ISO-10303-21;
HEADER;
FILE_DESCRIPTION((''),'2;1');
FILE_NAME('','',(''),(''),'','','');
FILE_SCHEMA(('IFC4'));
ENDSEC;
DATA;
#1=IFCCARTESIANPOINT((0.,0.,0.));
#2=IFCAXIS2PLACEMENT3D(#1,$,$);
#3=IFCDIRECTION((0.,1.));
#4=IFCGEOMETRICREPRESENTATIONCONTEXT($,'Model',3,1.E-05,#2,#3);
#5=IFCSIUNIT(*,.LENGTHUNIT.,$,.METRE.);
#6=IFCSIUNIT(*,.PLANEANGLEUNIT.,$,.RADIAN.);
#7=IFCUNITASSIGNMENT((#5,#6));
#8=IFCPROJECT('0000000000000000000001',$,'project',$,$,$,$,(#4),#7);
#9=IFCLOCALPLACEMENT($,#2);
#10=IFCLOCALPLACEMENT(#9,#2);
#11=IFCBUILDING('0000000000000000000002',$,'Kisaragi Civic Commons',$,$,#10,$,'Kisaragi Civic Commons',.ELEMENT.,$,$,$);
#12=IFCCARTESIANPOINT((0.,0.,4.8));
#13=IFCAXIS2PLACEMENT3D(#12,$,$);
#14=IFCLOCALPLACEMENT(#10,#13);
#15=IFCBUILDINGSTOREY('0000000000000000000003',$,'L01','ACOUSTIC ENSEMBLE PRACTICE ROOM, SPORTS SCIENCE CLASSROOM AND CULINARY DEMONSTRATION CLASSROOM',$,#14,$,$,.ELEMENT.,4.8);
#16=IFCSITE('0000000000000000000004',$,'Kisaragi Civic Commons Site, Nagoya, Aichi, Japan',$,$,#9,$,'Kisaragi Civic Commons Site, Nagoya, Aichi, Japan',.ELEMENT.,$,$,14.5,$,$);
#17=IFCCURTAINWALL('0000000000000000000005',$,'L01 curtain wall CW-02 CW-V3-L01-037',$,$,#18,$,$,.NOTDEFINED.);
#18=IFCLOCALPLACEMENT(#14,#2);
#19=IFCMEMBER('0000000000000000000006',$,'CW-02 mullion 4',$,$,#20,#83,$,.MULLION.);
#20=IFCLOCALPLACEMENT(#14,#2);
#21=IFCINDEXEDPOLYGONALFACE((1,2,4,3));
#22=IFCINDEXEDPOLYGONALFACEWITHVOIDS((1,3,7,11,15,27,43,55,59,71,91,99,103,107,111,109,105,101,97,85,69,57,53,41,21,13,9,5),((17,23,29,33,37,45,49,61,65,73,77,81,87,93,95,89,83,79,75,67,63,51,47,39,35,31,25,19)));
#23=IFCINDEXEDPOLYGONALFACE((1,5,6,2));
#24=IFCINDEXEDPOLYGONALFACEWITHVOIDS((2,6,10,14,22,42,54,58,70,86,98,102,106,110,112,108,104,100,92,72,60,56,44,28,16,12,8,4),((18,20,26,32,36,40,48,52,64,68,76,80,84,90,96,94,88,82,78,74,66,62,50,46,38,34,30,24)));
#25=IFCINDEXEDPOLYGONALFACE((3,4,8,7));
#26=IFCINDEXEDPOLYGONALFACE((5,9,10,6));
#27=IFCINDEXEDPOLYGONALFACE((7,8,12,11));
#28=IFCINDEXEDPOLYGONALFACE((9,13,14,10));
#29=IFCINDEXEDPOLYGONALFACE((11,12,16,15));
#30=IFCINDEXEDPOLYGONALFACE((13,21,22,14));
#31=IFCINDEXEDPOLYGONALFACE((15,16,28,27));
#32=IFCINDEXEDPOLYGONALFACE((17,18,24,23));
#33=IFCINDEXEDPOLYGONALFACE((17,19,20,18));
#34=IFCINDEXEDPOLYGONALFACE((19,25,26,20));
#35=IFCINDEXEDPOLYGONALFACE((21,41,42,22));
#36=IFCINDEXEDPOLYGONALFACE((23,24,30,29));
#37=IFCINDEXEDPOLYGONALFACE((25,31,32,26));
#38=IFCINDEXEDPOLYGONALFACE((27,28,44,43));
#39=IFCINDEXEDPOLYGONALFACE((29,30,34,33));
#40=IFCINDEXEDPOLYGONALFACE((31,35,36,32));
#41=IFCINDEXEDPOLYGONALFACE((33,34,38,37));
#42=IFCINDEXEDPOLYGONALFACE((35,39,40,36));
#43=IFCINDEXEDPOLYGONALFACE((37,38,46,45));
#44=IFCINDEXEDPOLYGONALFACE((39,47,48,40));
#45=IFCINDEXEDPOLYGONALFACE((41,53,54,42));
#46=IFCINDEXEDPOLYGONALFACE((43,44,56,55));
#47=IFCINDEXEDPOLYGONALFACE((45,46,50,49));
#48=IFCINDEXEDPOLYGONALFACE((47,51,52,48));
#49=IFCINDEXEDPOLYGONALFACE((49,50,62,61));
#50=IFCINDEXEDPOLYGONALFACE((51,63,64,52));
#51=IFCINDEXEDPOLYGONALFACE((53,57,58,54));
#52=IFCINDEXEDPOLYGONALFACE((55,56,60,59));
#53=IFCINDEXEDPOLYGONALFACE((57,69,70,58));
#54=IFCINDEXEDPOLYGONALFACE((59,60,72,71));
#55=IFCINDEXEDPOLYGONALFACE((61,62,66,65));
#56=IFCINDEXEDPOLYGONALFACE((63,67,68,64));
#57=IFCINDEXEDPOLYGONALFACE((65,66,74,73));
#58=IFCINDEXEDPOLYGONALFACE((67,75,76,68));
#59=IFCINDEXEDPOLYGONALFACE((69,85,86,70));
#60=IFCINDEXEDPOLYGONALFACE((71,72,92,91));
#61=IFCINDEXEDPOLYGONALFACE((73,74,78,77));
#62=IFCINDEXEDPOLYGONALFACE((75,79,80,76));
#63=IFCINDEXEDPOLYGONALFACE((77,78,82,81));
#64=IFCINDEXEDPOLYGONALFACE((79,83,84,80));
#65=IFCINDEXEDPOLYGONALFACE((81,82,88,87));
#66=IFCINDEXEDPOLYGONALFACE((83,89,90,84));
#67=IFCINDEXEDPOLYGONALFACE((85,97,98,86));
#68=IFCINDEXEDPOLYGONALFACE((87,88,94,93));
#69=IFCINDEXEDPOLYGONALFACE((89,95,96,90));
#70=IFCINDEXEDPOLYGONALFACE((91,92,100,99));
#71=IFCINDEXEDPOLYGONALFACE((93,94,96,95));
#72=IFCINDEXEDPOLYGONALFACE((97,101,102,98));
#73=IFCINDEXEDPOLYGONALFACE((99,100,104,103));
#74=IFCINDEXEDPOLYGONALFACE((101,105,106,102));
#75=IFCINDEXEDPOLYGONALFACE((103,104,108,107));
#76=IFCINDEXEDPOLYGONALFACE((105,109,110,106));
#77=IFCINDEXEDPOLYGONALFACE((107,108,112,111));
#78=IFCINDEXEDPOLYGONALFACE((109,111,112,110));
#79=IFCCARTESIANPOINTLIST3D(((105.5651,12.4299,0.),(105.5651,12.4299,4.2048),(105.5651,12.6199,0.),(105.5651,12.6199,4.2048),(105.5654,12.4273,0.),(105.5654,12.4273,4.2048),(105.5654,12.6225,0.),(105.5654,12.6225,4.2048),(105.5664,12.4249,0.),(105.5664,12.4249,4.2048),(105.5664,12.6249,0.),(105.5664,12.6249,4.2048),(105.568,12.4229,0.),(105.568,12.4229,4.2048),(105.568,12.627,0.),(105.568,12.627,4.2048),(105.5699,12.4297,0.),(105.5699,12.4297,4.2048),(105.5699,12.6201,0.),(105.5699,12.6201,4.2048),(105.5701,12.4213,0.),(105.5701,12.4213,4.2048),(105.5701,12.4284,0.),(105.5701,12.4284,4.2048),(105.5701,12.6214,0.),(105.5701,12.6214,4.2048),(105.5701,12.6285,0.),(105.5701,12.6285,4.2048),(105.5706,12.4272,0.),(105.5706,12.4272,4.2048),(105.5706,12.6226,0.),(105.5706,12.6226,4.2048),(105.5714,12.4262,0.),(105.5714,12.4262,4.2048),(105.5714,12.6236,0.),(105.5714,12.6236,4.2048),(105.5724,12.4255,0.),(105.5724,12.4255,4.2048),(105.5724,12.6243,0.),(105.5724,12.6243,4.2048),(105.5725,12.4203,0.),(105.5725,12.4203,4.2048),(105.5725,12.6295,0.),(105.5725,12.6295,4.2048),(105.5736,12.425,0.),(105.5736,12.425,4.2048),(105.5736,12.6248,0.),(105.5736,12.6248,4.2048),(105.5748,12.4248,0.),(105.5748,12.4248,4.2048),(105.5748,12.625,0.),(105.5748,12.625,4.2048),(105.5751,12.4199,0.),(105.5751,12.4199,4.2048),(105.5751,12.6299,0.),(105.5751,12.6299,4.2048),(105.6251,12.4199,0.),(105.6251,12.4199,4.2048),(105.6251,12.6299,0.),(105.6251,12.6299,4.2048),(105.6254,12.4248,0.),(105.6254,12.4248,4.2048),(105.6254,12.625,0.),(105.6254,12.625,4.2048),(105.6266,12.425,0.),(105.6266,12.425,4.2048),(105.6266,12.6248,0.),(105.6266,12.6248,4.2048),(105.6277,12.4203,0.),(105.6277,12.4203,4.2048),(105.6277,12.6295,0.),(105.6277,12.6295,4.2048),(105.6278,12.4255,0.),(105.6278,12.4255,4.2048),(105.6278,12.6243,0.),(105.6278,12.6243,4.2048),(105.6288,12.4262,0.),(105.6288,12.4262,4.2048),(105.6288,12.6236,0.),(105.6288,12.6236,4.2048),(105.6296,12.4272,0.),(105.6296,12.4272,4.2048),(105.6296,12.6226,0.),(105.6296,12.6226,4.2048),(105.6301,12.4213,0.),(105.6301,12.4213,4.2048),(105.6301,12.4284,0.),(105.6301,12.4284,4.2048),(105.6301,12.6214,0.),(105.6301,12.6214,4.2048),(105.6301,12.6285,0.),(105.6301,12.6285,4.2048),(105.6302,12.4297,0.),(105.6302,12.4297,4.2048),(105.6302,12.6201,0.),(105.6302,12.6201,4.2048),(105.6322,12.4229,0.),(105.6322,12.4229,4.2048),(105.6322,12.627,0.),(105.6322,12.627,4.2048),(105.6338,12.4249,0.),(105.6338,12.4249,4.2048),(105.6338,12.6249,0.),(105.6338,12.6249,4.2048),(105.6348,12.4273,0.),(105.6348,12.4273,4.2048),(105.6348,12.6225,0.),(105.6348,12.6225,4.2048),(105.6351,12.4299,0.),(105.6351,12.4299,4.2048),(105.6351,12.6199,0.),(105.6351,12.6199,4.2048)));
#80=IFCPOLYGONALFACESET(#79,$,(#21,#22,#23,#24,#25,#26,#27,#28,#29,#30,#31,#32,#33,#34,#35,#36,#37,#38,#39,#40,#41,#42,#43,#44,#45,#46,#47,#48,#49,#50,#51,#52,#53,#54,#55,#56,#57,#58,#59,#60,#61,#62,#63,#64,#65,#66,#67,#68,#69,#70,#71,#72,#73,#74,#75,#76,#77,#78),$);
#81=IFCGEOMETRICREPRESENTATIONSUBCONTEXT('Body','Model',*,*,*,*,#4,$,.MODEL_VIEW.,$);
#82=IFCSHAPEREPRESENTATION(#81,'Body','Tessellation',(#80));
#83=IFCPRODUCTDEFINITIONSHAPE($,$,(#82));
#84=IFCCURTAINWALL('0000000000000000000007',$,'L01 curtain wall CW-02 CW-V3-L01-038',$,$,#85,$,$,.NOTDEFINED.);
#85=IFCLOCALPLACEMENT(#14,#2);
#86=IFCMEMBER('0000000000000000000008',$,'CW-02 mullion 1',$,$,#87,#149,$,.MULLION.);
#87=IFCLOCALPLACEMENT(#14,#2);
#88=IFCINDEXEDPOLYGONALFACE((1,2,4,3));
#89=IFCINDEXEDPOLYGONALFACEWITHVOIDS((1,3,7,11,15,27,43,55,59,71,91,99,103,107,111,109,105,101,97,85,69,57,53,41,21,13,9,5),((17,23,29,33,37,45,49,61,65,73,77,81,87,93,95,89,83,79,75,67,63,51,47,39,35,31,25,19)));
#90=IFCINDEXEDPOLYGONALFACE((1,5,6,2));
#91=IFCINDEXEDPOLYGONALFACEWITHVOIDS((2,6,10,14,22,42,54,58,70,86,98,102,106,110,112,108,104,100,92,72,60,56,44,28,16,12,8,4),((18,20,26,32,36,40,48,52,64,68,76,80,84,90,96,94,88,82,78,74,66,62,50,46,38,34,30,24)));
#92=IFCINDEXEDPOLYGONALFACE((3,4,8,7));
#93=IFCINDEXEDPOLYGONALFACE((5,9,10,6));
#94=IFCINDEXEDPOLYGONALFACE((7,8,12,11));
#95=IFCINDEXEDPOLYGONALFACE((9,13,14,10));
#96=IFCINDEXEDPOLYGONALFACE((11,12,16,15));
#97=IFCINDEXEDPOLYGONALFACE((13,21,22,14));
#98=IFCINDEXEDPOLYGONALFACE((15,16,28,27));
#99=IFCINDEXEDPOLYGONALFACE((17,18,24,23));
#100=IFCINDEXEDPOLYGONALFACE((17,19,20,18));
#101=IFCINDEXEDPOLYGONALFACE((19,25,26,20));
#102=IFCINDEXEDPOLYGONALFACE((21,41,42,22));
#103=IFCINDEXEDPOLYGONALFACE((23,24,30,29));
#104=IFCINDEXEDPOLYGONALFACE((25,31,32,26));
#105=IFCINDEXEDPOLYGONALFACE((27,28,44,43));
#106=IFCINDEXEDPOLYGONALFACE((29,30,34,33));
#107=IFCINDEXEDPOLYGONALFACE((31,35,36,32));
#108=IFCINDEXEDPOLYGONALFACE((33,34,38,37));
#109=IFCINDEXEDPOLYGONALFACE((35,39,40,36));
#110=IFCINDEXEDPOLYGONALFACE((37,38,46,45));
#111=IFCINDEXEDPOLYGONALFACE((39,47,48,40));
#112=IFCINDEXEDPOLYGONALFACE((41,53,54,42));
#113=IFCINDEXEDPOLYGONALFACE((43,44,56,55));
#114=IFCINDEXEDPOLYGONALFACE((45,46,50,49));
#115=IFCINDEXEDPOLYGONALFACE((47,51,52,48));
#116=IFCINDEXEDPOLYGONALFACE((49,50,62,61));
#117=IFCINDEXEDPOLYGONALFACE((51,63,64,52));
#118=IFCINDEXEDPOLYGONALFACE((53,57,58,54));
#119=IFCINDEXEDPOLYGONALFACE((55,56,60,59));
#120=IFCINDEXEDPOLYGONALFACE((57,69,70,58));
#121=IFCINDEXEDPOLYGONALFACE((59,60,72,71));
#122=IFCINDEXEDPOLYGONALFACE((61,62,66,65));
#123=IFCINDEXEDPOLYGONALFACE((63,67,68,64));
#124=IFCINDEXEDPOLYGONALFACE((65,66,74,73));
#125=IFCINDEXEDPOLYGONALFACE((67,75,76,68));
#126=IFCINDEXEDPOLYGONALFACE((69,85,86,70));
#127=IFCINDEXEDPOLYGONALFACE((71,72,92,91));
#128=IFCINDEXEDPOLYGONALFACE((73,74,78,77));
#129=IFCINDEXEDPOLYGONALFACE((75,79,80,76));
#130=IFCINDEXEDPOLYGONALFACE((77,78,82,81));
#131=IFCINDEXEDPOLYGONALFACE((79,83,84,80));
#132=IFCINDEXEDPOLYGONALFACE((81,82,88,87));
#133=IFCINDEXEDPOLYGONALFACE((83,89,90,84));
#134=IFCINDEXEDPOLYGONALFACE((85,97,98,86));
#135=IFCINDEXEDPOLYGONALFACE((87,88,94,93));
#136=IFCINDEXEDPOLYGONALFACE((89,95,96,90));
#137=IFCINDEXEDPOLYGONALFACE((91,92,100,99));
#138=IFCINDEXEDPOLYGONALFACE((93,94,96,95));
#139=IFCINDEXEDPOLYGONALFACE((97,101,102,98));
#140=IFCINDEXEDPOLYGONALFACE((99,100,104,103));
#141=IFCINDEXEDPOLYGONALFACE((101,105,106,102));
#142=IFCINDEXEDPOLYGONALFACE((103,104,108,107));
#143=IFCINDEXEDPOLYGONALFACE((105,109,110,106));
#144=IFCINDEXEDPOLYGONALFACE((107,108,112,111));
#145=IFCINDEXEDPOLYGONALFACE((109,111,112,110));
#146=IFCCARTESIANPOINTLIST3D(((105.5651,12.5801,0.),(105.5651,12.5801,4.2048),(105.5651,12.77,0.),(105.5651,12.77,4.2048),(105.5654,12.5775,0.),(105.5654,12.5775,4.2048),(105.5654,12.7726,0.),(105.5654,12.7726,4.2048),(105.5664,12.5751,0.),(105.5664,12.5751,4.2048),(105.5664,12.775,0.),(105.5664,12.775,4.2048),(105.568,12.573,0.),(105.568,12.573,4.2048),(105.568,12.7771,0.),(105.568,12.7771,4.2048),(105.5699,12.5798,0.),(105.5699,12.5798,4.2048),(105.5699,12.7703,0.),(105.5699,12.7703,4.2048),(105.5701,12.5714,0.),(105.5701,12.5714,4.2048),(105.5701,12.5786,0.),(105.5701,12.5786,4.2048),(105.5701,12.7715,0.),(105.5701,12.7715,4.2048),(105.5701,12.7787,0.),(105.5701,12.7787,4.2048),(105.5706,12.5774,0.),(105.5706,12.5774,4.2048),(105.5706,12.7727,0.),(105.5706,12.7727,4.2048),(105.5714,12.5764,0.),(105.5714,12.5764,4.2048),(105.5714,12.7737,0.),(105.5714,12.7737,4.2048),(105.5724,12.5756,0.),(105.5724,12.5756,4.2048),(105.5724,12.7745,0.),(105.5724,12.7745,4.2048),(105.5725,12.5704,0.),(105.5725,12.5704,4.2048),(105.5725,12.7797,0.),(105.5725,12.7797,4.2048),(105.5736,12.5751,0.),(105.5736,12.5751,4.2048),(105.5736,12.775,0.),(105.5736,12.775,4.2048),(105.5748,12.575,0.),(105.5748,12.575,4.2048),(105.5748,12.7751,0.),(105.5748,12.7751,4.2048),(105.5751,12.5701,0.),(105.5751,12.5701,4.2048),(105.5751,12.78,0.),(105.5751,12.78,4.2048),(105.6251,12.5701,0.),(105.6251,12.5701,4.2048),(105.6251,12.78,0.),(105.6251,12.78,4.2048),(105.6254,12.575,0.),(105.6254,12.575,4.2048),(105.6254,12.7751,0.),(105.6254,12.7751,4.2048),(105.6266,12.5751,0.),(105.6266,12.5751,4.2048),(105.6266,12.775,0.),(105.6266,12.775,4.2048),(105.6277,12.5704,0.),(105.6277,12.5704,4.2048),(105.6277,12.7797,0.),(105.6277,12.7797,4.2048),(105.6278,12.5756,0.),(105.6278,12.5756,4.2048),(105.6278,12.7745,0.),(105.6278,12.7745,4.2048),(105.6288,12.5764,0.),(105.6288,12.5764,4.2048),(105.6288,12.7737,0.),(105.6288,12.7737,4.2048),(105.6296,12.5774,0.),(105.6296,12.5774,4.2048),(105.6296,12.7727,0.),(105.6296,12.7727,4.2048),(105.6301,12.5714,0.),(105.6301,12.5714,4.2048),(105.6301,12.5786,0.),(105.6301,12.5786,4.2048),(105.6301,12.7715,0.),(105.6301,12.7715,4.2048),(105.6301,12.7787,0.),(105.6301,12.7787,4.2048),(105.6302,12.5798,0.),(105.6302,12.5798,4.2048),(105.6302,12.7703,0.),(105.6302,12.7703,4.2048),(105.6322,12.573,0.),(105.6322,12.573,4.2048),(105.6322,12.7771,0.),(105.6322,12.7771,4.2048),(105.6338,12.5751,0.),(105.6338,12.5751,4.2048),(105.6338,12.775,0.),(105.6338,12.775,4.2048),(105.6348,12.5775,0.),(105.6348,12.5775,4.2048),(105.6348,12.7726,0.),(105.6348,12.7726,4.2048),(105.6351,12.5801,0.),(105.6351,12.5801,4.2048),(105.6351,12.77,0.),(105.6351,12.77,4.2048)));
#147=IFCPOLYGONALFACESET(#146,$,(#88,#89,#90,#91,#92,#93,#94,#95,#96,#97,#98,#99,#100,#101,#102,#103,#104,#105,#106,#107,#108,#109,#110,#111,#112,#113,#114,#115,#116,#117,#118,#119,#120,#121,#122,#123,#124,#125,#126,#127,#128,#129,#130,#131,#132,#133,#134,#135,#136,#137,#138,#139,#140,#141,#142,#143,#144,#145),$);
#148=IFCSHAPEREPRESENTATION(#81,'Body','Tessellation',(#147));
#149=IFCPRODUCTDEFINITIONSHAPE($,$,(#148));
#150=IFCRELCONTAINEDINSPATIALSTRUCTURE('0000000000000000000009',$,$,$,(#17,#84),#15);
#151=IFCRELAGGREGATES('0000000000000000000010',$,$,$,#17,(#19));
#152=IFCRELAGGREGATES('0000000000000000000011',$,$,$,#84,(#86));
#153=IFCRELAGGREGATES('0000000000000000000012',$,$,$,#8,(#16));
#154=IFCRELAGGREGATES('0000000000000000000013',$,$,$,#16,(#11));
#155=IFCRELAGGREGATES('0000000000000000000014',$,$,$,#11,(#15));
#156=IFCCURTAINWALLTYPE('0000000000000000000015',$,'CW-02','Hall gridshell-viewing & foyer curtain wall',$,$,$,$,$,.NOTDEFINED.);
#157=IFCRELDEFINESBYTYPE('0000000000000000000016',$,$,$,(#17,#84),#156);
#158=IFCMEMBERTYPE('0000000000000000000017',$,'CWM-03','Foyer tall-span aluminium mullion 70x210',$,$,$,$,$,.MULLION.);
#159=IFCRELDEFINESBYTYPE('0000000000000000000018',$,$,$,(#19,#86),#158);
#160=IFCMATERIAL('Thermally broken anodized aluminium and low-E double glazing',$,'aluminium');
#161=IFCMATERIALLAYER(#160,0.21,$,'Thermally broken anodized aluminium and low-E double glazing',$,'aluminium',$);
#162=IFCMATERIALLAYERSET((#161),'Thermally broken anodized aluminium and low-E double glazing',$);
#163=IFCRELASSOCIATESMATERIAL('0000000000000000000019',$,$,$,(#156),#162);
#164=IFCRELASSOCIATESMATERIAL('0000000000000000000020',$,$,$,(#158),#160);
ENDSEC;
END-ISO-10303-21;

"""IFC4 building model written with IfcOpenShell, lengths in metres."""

from ifc_helpers import new_model, si_unit, direction, frame, origin, origin_2d, place, context, subcontext, project, spatial, hollow_rectangle, extrude, material, layer, layer_set, material_profile, profile_set, type_object, element, aggregate, save


model = new_model("IFC4")

# Units and contexts
model_context = context("Model", 3, precision=1e-05, world=origin(), true_north=direction((0.0, 1.0)))
body_context = subcontext(model_context, "Body", "Model", "MODEL_VIEW")
ifc_project = project(units=[si_unit("LENGTHUNIT", "METRE"), si_unit("PLANEANGLEUNIT", "RADIAN")], contexts=[model_context])

# Site, building, storey
site_placement = place(None, origin())
site = spatial("IfcSite", under=ifc_project, at=site_placement, Name="Kisaragi Civic Commons Site, Nagoya, Aichi, Japan", LongName="Kisaragi Civic Commons Site, Nagoya, Aichi, Japan", CompositionType="ELEMENT", RefElevation=14.5)
building_placement = place(site_placement, origin())
building = spatial("IfcBuilding", under=site, at=building_placement, Name="Kisaragi Civic Commons", LongName="Kisaragi Civic Commons", CompositionType="ELEMENT")
storey_placement = place(building_placement, frame((0.0, 0.0, 4.8)))
storey = spatial("IfcBuildingStorey", under=building, at=storey_placement, Name="L01", Description="ACOUSTIC ENSEMBLE PRACTICE ROOM, SPORTS SCIENCE CLASSROOM AND CULINARY DEMONSTRATION CLASSROOM", CompositionType="ELEMENT", Elevation=4.8)

# Curtain wall, member
ifc_material_1 = material(Name="Thermally broken anodized aluminium and low-E double glazing", Category="aluminium")
ifc_layer_1 = layer(ifc_material_1, 0.21, Name="Thermally broken anodized aluminium and low-E double glazing", Category="aluminium")
ifc_layer_set_1 = layer_set([ifc_layer_1], Name="Thermally broken anodized aluminium and low-E double glazing")
curtain_wall_type = type_object("IfcCurtainWallType", Name="CW-02", Description="Hall gridshell-viewing & foyer curtain wall", PredefinedType="NOTDEFINED", material=ifc_layer_set_1)
curtain_wall_1_placement = place(storey_placement, origin())
curtain_wall_1 = element("IfcCurtainWall", 1, at=curtain_wall_1_placement, inside=storey, type_object=curtain_wall_type, Name="L01 curtain wall CW-02 CW-V3-L01-037", PredefinedType="NOTDEFINED")
ifc_material_profile_1 = material_profile(ifc_material_1, hollow_rectangle(XDim=0.0701, YDim=0.21, WallThickness=0.0049, InnerFilletRadius=0.0049, OuterFilletRadius=0.01, at=origin_2d()), Name="CWM-70x210x5", Category="aluminium")
ifc_profile_set_1 = profile_set([ifc_material_profile_1], Name="Thermally broken anodized aluminium and low-E double glazing")
member_type_1 = type_object("IfcMemberType", Name="CWM-03", Description="Foyer tall-span aluminium mullion 70x210", PredefinedType="MULLION", material=ifc_profile_set_1)
member_1_placement = place(storey_placement, frame((105.6001, 12.5249, 0.0), z_axis=(0.0, 0.0, 1.0), x_axis=(-1.0, 0.0, 0.0)))
member_1 = element("IfcMember", 2, at=member_1_placement, type_object=member_type_1, Name="CW-02 mullion 4", PredefinedType="MULLION", context=body_context, shape_type="SweptSolid", body=[
    extrude(hollow_rectangle(XDim=0.0701, YDim=0.21, WallThickness=0.0049, InnerFilletRadius=0.0049, OuterFilletRadius=0.01, at=origin_2d()), origin(), (0.0, 0.0, 1.0), 4.2048),
])

# Curtain wall, member
curtain_wall_2_placement = place(storey_placement, origin())
curtain_wall_2 = element("IfcCurtainWall", 3, at=curtain_wall_2_placement, inside=storey, type_object=curtain_wall_type, Name="L01 curtain wall CW-02 CW-V3-L01-038", PredefinedType="NOTDEFINED")
member_2_placement = place(storey_placement, frame((105.6001, 12.675, 0.0), z_axis=(0.0, 0.0, 1.0), x_axis=(-1.0, 0.0, 0.0)))
member_2 = element("IfcMember", 4, at=member_2_placement, type_object=member_type_1, Name="CW-02 mullion 1", PredefinedType="MULLION", context=body_context, shape_type="SweptSolid", body=[
    extrude(hollow_rectangle(XDim=0.0701, YDim=0.21, WallThickness=0.0049, InnerFilletRadius=0.0049, OuterFilletRadius=0.01, at=origin_2d()), origin(), (0.0, 0.0, 1.0), 4.2048),
])

aggregate(curtain_wall_1, [member_1])
aggregate(curtain_wall_2, [member_2])

save(model, "model.ifc")
